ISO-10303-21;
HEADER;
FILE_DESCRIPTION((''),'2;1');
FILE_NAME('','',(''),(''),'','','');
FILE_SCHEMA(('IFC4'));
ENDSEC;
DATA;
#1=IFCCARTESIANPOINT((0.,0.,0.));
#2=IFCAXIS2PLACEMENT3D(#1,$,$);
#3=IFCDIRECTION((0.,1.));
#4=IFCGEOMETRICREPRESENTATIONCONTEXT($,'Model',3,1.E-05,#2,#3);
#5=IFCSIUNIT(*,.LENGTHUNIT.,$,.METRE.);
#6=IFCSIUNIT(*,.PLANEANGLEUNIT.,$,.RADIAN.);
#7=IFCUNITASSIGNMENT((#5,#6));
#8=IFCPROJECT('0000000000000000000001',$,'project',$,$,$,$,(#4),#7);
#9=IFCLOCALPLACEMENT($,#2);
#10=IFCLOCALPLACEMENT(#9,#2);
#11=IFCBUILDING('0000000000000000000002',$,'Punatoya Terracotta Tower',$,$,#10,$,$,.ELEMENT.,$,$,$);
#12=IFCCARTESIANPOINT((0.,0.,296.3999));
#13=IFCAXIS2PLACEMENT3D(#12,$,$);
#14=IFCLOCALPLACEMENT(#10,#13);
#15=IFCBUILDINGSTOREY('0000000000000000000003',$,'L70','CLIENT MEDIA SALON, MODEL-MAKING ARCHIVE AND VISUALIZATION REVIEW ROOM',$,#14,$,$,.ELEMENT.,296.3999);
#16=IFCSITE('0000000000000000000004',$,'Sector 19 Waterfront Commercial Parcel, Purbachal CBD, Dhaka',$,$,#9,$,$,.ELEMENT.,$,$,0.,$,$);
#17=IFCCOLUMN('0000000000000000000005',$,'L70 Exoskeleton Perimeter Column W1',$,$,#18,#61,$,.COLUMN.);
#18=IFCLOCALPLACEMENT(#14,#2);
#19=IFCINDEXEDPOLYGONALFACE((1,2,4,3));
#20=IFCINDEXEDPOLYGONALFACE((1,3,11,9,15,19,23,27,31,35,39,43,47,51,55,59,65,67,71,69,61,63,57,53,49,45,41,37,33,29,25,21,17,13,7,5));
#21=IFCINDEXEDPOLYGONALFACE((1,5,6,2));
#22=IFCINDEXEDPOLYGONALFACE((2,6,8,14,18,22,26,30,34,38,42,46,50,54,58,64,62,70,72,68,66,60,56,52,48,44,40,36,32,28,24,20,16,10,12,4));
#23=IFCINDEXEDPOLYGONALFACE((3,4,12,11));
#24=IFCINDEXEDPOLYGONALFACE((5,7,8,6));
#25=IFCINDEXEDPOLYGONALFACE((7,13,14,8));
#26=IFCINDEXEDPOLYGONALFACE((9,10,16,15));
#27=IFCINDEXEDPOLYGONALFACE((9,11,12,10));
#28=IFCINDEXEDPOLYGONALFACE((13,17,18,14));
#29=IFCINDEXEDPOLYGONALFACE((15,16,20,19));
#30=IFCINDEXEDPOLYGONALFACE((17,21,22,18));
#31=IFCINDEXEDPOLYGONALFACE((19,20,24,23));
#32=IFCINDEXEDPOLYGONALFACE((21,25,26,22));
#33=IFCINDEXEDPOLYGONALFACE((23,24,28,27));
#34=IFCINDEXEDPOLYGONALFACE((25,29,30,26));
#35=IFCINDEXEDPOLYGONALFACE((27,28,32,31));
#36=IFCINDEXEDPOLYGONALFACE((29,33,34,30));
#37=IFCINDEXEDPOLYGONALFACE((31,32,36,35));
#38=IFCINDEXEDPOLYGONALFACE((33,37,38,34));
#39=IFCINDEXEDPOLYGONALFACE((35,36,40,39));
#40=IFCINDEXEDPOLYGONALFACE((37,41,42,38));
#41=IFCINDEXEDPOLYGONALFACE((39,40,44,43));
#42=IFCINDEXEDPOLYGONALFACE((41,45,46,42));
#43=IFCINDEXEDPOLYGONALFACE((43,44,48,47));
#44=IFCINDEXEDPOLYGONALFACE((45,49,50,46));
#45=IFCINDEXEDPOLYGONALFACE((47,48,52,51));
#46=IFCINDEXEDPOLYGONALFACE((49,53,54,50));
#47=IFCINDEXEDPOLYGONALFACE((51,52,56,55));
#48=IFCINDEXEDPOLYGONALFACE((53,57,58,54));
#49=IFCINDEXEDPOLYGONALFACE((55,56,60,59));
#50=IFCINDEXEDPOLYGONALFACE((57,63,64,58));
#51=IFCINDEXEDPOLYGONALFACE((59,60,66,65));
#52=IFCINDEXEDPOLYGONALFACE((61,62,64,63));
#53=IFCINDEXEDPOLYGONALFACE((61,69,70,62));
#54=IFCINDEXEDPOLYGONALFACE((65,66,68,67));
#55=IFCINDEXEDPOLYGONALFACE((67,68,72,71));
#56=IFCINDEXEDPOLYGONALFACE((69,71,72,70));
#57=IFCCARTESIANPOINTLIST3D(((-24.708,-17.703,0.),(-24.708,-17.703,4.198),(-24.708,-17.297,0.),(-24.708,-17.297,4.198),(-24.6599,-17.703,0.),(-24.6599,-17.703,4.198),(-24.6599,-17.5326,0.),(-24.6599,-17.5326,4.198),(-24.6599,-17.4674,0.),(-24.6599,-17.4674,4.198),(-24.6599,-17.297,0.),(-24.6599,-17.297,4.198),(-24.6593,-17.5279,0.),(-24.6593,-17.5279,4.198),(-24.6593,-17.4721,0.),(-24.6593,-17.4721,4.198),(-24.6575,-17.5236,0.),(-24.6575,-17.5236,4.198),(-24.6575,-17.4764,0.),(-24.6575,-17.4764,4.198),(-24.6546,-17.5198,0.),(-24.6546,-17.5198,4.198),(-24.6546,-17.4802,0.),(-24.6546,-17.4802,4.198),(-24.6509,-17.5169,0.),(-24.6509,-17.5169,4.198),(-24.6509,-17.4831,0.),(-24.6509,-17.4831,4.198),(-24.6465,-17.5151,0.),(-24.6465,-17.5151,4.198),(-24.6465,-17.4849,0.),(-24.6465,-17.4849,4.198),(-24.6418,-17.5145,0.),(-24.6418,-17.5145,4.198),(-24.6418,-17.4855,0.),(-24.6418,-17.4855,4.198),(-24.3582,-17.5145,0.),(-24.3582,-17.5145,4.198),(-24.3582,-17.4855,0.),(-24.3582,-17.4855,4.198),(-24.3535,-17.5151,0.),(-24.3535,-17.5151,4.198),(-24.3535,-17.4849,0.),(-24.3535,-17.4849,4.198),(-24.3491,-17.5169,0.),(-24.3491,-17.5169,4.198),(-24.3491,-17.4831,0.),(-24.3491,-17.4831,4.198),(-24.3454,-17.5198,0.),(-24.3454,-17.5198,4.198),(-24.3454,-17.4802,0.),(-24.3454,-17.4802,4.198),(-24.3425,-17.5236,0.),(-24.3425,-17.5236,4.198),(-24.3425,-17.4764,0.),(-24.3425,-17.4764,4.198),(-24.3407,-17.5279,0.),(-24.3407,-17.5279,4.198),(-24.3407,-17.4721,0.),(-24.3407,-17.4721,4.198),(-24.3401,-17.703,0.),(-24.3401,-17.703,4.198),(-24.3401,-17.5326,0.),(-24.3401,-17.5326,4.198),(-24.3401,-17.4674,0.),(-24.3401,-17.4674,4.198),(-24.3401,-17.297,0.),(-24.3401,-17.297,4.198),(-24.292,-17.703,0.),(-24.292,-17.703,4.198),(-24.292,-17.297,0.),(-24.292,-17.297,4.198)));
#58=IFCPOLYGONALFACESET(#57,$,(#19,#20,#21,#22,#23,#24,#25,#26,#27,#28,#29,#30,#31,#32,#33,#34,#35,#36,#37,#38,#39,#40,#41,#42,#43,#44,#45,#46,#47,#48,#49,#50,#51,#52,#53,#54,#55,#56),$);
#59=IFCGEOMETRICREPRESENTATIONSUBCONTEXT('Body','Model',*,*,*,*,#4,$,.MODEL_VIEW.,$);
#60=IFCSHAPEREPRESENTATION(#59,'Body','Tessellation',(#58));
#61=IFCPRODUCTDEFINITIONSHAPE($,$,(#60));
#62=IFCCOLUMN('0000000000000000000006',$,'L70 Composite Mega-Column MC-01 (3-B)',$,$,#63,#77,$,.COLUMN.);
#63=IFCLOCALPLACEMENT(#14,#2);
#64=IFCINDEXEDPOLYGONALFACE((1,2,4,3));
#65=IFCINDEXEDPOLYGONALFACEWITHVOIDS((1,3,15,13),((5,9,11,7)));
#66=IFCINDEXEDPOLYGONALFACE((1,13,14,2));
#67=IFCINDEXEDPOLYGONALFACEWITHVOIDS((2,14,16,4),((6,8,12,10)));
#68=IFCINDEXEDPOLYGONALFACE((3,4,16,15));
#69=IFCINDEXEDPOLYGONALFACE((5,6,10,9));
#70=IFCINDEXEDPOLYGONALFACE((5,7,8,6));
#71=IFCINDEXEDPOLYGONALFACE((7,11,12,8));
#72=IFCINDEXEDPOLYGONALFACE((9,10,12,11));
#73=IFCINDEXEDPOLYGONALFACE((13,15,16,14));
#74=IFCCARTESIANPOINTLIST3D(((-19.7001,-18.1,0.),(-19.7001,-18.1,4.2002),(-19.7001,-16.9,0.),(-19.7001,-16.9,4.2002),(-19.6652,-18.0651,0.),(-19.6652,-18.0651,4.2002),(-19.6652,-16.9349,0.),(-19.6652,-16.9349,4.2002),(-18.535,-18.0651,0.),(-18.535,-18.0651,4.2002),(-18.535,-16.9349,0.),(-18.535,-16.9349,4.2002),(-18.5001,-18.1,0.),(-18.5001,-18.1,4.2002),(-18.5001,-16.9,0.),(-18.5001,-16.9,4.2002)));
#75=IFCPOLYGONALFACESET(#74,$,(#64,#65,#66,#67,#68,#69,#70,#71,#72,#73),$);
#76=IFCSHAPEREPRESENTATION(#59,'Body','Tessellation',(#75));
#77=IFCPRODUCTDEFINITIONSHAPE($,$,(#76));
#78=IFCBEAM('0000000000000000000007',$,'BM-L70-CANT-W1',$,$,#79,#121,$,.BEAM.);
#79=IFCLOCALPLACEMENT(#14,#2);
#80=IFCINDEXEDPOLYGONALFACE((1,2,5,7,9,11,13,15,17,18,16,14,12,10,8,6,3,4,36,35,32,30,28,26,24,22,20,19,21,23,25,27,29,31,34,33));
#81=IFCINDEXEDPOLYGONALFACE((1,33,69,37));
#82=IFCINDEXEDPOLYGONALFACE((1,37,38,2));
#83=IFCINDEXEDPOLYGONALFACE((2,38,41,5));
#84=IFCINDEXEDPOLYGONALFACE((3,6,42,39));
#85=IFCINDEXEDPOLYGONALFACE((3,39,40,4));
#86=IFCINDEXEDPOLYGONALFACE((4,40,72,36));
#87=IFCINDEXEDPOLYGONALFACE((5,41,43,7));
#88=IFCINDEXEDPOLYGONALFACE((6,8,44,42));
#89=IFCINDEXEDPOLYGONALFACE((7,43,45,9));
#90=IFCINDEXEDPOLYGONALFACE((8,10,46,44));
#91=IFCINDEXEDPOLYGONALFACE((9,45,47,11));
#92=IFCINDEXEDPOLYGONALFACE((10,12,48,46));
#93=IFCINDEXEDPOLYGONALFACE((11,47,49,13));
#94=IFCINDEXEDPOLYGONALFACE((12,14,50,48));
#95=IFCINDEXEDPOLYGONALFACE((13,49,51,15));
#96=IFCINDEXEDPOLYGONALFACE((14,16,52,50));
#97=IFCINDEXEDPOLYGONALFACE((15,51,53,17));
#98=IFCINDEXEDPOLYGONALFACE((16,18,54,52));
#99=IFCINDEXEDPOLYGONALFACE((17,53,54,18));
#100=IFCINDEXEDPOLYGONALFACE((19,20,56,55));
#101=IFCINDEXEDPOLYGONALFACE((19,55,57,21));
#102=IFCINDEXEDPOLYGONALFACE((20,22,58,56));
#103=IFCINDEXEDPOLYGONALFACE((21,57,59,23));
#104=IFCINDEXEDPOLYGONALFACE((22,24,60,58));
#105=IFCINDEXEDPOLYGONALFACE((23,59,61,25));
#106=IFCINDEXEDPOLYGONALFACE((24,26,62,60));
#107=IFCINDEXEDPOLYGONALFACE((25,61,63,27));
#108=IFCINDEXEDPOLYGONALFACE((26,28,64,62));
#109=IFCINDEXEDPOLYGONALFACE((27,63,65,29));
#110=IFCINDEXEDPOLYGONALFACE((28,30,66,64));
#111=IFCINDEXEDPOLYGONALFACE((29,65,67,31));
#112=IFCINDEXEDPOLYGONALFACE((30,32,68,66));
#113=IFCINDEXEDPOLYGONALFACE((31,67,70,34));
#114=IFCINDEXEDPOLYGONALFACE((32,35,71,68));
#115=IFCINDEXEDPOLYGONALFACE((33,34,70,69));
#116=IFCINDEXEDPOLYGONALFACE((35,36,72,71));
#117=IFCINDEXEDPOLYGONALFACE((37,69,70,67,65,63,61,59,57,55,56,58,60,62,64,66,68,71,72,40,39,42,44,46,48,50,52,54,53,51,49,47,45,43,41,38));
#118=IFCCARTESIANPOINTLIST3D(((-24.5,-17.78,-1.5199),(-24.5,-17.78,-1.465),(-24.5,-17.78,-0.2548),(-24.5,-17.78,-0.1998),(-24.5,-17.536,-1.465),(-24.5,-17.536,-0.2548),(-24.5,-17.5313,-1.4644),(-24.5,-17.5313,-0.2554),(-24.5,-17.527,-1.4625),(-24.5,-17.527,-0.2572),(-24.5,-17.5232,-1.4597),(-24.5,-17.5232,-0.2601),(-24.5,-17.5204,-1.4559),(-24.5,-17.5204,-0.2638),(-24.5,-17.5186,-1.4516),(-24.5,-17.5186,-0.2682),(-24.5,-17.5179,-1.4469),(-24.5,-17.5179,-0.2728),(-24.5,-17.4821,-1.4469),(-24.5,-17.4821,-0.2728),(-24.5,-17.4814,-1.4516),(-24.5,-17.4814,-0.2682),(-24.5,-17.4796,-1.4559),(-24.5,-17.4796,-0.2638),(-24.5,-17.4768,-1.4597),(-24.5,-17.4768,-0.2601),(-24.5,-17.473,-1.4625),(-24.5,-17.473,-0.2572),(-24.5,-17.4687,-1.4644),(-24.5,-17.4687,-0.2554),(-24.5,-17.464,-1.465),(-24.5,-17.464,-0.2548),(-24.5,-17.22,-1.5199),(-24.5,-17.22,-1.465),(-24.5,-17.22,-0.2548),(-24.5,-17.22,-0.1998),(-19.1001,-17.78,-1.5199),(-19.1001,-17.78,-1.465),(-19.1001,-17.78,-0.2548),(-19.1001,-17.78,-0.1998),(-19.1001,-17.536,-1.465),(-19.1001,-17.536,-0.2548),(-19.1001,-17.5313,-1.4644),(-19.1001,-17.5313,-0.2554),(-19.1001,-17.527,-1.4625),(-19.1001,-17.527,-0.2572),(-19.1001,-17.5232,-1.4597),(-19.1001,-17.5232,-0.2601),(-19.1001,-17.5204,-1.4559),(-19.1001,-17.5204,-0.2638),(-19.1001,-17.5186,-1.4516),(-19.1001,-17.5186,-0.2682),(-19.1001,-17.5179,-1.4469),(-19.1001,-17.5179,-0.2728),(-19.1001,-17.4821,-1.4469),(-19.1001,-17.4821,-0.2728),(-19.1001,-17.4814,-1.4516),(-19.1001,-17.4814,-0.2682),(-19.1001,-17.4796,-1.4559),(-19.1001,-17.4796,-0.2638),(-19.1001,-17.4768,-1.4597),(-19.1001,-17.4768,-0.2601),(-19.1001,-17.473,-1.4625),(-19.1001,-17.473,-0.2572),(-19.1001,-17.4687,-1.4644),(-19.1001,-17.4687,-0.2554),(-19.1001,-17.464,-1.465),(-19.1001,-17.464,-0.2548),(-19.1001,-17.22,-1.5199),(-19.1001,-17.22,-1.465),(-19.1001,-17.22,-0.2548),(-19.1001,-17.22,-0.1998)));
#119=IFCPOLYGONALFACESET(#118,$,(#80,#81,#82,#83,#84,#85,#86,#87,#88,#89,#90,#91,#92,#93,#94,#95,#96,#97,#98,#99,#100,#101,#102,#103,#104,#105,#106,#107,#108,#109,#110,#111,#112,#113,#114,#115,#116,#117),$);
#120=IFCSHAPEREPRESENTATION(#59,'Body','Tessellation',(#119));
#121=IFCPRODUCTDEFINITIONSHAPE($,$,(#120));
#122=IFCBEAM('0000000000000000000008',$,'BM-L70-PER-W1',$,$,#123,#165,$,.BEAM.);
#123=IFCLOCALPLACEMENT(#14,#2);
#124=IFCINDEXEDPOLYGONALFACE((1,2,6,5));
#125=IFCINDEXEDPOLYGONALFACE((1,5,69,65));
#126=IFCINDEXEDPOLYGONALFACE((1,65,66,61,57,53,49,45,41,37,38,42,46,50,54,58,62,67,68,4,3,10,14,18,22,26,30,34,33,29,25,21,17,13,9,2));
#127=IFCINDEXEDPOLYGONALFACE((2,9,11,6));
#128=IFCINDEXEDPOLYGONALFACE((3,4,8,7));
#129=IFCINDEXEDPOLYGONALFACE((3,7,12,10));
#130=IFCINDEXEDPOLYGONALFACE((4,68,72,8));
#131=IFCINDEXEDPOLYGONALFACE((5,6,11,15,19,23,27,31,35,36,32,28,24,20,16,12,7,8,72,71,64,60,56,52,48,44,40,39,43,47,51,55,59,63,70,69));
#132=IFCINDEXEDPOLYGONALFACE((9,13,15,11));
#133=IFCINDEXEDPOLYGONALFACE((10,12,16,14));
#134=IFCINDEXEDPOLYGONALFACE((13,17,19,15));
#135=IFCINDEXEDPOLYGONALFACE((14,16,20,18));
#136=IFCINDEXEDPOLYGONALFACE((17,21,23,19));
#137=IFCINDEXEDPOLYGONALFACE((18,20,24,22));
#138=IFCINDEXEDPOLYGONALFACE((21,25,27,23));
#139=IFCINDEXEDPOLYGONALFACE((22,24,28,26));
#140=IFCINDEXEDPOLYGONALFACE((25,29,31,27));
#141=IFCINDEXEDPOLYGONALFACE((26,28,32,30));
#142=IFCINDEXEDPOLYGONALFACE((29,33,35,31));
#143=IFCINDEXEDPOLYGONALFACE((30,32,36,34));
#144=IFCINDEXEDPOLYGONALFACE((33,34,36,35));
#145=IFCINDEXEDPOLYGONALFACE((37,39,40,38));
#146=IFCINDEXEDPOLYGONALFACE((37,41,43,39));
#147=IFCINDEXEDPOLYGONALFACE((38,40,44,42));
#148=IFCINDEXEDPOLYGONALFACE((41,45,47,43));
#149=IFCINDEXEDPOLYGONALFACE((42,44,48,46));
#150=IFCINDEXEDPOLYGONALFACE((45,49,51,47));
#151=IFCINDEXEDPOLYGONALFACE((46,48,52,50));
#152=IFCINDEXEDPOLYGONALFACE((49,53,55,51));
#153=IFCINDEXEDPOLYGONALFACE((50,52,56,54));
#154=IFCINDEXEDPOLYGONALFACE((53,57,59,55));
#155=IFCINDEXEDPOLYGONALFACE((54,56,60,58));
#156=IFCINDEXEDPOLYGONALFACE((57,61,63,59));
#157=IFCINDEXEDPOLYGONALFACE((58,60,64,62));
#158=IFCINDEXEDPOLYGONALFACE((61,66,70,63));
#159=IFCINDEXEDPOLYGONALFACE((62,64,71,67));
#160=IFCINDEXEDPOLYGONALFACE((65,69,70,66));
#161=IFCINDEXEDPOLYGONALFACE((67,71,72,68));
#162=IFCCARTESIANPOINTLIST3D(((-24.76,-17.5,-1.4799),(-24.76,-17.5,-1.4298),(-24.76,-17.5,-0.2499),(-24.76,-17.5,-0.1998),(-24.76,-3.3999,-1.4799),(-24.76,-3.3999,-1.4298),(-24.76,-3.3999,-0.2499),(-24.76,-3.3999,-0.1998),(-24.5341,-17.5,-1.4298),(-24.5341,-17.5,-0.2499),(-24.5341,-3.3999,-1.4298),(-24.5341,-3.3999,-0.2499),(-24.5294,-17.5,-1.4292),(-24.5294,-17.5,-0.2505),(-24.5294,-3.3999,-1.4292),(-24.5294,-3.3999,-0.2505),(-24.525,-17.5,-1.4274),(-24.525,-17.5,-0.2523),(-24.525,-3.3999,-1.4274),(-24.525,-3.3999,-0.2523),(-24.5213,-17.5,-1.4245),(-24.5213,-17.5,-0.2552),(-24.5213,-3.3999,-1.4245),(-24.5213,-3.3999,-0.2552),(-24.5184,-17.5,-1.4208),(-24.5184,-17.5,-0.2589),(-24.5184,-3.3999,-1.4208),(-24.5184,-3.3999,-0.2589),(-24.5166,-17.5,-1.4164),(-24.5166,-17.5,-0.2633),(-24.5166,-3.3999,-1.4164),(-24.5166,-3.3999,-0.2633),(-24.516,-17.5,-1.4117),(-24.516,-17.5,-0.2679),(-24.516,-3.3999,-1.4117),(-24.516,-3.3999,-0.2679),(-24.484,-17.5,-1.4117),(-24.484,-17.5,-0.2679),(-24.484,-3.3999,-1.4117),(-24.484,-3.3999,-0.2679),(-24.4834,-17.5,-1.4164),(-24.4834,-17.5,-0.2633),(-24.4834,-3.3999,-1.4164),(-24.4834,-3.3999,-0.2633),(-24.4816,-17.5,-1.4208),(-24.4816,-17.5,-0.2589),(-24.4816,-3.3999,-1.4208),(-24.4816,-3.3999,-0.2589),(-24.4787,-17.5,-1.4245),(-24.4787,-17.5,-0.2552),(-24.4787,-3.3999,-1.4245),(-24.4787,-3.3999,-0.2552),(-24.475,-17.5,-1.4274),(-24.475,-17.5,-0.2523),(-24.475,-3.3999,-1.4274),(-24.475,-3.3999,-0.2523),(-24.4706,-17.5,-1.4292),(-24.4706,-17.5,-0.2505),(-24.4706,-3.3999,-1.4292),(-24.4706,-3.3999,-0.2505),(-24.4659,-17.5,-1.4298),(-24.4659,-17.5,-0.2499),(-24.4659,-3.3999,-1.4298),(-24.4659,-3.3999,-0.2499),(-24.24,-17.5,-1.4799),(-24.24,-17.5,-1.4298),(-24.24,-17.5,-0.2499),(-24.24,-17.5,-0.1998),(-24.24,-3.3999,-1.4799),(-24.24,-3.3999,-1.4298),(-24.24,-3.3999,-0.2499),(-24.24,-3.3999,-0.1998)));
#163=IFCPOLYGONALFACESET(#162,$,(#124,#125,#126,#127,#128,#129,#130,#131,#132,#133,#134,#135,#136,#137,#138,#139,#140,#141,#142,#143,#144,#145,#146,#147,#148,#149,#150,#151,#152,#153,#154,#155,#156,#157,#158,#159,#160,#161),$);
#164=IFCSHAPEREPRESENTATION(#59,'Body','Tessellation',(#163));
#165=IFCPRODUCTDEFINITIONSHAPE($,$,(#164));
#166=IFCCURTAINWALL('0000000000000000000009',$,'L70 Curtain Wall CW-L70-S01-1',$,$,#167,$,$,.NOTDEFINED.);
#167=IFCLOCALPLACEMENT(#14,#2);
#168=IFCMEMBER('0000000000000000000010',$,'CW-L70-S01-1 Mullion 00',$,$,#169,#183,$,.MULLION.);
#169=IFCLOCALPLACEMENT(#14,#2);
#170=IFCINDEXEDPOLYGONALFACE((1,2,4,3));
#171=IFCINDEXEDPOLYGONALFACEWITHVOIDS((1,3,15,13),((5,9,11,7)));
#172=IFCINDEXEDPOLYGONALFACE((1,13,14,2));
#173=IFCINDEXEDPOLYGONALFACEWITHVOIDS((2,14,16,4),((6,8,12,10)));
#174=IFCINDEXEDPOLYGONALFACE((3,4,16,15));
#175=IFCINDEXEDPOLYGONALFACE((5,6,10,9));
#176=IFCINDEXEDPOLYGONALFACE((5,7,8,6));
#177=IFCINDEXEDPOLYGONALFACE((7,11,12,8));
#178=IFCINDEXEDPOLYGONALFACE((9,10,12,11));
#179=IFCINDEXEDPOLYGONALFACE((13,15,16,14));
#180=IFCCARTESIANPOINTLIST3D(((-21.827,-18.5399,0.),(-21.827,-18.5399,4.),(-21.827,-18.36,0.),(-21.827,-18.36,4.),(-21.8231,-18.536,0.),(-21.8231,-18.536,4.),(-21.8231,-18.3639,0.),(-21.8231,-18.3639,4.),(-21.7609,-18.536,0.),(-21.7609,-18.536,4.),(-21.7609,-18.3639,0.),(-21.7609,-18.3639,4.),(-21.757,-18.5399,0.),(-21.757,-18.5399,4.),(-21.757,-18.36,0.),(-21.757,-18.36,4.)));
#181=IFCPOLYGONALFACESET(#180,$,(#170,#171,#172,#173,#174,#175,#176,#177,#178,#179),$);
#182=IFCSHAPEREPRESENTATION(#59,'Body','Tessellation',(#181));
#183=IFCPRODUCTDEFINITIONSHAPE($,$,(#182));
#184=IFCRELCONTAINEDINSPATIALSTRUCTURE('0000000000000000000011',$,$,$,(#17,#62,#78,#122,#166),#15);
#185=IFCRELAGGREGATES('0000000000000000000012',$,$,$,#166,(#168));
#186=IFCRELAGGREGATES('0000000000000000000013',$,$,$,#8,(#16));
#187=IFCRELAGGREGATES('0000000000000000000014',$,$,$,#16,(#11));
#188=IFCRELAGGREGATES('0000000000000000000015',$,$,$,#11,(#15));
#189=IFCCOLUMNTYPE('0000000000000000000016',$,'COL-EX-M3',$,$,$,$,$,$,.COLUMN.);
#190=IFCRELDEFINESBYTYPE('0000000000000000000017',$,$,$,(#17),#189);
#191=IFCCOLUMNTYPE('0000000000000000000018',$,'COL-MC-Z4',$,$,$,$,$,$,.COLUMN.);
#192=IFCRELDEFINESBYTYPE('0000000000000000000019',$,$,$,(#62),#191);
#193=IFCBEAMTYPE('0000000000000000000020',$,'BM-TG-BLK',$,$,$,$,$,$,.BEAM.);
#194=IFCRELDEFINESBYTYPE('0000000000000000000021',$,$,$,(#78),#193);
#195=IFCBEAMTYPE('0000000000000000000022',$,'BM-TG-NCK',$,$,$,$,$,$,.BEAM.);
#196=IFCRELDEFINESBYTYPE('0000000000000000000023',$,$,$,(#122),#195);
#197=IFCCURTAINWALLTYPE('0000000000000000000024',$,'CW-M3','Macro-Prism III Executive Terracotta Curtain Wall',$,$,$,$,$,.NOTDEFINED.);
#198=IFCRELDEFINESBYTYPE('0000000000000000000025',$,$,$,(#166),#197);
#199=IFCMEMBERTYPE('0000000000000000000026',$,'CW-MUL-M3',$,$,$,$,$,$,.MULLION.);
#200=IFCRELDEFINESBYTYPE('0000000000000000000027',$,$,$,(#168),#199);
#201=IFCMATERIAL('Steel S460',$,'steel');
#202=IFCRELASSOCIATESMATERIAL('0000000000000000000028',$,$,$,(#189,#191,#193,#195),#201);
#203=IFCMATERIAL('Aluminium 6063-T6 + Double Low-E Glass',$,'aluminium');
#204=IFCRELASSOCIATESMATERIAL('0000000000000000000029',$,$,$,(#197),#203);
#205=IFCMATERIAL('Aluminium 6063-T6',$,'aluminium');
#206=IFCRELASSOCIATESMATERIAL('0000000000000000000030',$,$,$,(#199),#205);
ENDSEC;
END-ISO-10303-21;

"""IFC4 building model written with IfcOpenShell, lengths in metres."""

from ifc_helpers import new_model, si_unit, direction, frame, origin, origin_2d, place, context, subcontext, project, spatial, hollow_rectangle, i_section, extrude, material, material_profile, profile_set, type_object, element, aggregate, save


model = new_model("IFC4")

# Units and contexts
model_context = context("Model", 3, precision=1e-05, world=origin(), true_north=direction((0.0, 1.0)))
body_context = subcontext(model_context, "Body", "Model", "MODEL_VIEW")
ifc_project = project(units=[si_unit("LENGTHUNIT", "METRE"), si_unit("PLANEANGLEUNIT", "RADIAN")], contexts=[model_context])

# Site, building, storey
site_placement = place(None, origin())
site = spatial("IfcSite", under=ifc_project, at=site_placement, Name="Sector 19 Waterfront Commercial Parcel, Purbachal CBD, Dhaka", CompositionType="ELEMENT", RefElevation=0.0)
building_placement = place(site_placement, origin())
building = spatial("IfcBuilding", under=site, at=building_placement, Name="Punatoya Terracotta Tower", CompositionType="ELEMENT")
storey_placement = place(building_placement, frame((0.0, 0.0, 296.3999)))
storey = spatial("IfcBuildingStorey", under=building, at=storey_placement, Name="L70", Description="CLIENT MEDIA SALON, MODEL-MAKING ARCHIVE AND VISUALIZATION REVIEW ROOM", CompositionType="ELEMENT", Elevation=296.3999)

# Columns
ifc_material_1 = material(Name="Steel S460", Category="steel")
ifc_material_profile_1 = material_profile(ifc_material_1, i_section(OverallWidth=0.406, OverallDepth=0.416, WebThickness=0.0291, FlangeThickness=0.0481, FilletRadius=0.0181, at=origin_2d()))
ifc_profile_set_1 = profile_set([ifc_material_profile_1], Name="Steel S460")
column_type_1 = type_object("IfcColumnType", Name="COL-EX-M3", PredefinedType="COLUMN", material=ifc_profile_set_1)
column_1_placement = place(storey_placement, frame((-24.5, -17.5, 0.0), z_axis=(0.0, 0.0, 1.0), x_axis=(0.0, 1.0, 0.0)))
element("IfcColumn", 1, at=column_1_placement, inside=storey, type_object=column_type_1, Name="L70 Exoskeleton Perimeter Column W1", PredefinedType="COLUMN", context=body_context, shape_type="SweptSolid", body=[
    extrude(i_section(OverallWidth=0.406, OverallDepth=0.416, WebThickness=0.0291, FlangeThickness=0.0481, FilletRadius=0.0181, at=origin_2d()), origin(), (0.0, 0.0, 1.0), 4.198),
])
ifc_material_profile_2 = material_profile(ifc_material_1, hollow_rectangle(XDim=1.2, YDim=1.2, WallThickness=0.0349, at=origin_2d()))
ifc_profile_set_2 = profile_set([ifc_material_profile_2], Name="Steel S460")
column_type_2 = type_object("IfcColumnType", Name="COL-MC-Z4", PredefinedType="COLUMN", material=ifc_profile_set_2)
column_2_placement = place(storey_placement, frame((-19.1001, -17.5, 0.0), z_axis=(0.0, 0.0, 1.0), x_axis=(1.0, 0.0, 0.0)))
element("IfcColumn", 2, at=column_2_placement, inside=storey, type_object=column_type_2, Name="L70 Composite Mega-Column MC-01 (3-B)", PredefinedType="COLUMN", context=body_context, shape_type="SweptSolid", body=[
    extrude(hollow_rectangle(XDim=1.2, YDim=1.2, WallThickness=0.0349, at=origin_2d()), origin(), (0.0, 0.0, 1.0), 4.2002),
])

# Beams
ifc_material_profile_3 = material_profile(ifc_material_1, i_section(OverallWidth=0.5601, OverallDepth=1.3201, WebThickness=0.0359, FlangeThickness=0.0549, FilletRadius=0.0181, at=origin_2d()))
ifc_profile_set_3 = profile_set([ifc_material_profile_3], Name="Steel S460")
beam_type_1 = type_object("IfcBeamType", Name="BM-TG-BLK", PredefinedType="BEAM", material=ifc_profile_set_3)
beam_1_placement = place(storey_placement, frame((-24.5, -17.5, -0.8599), z_axis=(1.0, 0.0, 0.0), x_axis=(0.0, 1.0, 0.0)))
element("IfcBeam", 3, at=beam_1_placement, inside=storey, type_object=beam_type_1, Name="BM-L70-CANT-W1", PredefinedType="BEAM", context=body_context, shape_type="SweptSolid", body=[
    extrude(i_section(OverallWidth=0.5601, OverallDepth=1.3201, WebThickness=0.0359, FlangeThickness=0.0549, FilletRadius=0.0181, at=origin_2d()), origin(), (0.0, 0.0, 1.0), 5.3999),
])
ifc_material_profile_4 = material_profile(ifc_material_1, i_section(OverallWidth=0.52, OverallDepth=1.28, WebThickness=0.032, FlangeThickness=0.05, FilletRadius=0.0181, at=origin_2d()))
ifc_profile_set_4 = profile_set([ifc_material_profile_4], Name="Steel S460")
beam_type_2 = type_object("IfcBeamType", Name="BM-TG-NCK", PredefinedType="BEAM", material=ifc_profile_set_4)
beam_2_placement = place(storey_placement, frame((-24.5, -17.5, -0.8398), z_axis=(0.0, 1.0, 0.0), x_axis=(-1.0, 0.0, 0.0)))
element("IfcBeam", 4, at=beam_2_placement, inside=storey, type_object=beam_type_2, Name="BM-L70-PER-W1", PredefinedType="BEAM", context=body_context, shape_type="SweptSolid", body=[
    extrude(i_section(OverallWidth=0.52, OverallDepth=1.28, WebThickness=0.032, FlangeThickness=0.05, FilletRadius=0.0181, at=origin_2d()), origin(), (0.0, 0.0, 1.0), 14.1001),
])

# Curtain wall, member
ifc_material_2 = material(Name="Aluminium 6063-T6 + Double Low-E Glass", Category="aluminium")
curtain_wall_type = type_object("IfcCurtainWallType", Name="CW-M3", Description="Macro-Prism III Executive Terracotta Curtain Wall", PredefinedType="NOTDEFINED", material=ifc_material_2)
curtain_wall_1_placement = place(storey_placement, origin())
curtain_wall_1 = element("IfcCurtainWall", 5, at=curtain_wall_1_placement, inside=storey, type_object=curtain_wall_type, Name="L70 Curtain Wall CW-L70-S01-1", PredefinedType="NOTDEFINED")
ifc_material_3 = material(Name="Aluminium 6063-T6", Category="aluminium")
ifc_material_profile_5 = material_profile(ifc_material_3, hollow_rectangle(XDim=0.0701, YDim=0.1799, WallThickness=0.0039, at=origin_2d()))
ifc_profile_set_5 = profile_set([ifc_material_profile_5], Name="Aluminium 6063-T6")
member_type_1 = type_object("IfcMemberType", Name="CW-MUL-M3", PredefinedType="MULLION", material=ifc_profile_set_5)
member_1_placement = place(storey_placement, frame((-21.792, -18.45, 0.0), z_axis=(0.0, 0.0, 1.0), x_axis=(1.0, 0.0, 0.0)))
member_1 = element("IfcMember", 6, at=member_1_placement, type_object=member_type_1, Name="CW-L70-S01-1 Mullion 00", PredefinedType="MULLION", context=body_context, shape_type="SweptSolid", body=[
    extrude(hollow_rectangle(XDim=0.0701, YDim=0.1799, WallThickness=0.0039, at=origin_2d()), origin(), (0.0, 0.0, 1.0), 4.0),
])

aggregate(curtain_wall_1, [member_1])

save(model, "model.ifc")
